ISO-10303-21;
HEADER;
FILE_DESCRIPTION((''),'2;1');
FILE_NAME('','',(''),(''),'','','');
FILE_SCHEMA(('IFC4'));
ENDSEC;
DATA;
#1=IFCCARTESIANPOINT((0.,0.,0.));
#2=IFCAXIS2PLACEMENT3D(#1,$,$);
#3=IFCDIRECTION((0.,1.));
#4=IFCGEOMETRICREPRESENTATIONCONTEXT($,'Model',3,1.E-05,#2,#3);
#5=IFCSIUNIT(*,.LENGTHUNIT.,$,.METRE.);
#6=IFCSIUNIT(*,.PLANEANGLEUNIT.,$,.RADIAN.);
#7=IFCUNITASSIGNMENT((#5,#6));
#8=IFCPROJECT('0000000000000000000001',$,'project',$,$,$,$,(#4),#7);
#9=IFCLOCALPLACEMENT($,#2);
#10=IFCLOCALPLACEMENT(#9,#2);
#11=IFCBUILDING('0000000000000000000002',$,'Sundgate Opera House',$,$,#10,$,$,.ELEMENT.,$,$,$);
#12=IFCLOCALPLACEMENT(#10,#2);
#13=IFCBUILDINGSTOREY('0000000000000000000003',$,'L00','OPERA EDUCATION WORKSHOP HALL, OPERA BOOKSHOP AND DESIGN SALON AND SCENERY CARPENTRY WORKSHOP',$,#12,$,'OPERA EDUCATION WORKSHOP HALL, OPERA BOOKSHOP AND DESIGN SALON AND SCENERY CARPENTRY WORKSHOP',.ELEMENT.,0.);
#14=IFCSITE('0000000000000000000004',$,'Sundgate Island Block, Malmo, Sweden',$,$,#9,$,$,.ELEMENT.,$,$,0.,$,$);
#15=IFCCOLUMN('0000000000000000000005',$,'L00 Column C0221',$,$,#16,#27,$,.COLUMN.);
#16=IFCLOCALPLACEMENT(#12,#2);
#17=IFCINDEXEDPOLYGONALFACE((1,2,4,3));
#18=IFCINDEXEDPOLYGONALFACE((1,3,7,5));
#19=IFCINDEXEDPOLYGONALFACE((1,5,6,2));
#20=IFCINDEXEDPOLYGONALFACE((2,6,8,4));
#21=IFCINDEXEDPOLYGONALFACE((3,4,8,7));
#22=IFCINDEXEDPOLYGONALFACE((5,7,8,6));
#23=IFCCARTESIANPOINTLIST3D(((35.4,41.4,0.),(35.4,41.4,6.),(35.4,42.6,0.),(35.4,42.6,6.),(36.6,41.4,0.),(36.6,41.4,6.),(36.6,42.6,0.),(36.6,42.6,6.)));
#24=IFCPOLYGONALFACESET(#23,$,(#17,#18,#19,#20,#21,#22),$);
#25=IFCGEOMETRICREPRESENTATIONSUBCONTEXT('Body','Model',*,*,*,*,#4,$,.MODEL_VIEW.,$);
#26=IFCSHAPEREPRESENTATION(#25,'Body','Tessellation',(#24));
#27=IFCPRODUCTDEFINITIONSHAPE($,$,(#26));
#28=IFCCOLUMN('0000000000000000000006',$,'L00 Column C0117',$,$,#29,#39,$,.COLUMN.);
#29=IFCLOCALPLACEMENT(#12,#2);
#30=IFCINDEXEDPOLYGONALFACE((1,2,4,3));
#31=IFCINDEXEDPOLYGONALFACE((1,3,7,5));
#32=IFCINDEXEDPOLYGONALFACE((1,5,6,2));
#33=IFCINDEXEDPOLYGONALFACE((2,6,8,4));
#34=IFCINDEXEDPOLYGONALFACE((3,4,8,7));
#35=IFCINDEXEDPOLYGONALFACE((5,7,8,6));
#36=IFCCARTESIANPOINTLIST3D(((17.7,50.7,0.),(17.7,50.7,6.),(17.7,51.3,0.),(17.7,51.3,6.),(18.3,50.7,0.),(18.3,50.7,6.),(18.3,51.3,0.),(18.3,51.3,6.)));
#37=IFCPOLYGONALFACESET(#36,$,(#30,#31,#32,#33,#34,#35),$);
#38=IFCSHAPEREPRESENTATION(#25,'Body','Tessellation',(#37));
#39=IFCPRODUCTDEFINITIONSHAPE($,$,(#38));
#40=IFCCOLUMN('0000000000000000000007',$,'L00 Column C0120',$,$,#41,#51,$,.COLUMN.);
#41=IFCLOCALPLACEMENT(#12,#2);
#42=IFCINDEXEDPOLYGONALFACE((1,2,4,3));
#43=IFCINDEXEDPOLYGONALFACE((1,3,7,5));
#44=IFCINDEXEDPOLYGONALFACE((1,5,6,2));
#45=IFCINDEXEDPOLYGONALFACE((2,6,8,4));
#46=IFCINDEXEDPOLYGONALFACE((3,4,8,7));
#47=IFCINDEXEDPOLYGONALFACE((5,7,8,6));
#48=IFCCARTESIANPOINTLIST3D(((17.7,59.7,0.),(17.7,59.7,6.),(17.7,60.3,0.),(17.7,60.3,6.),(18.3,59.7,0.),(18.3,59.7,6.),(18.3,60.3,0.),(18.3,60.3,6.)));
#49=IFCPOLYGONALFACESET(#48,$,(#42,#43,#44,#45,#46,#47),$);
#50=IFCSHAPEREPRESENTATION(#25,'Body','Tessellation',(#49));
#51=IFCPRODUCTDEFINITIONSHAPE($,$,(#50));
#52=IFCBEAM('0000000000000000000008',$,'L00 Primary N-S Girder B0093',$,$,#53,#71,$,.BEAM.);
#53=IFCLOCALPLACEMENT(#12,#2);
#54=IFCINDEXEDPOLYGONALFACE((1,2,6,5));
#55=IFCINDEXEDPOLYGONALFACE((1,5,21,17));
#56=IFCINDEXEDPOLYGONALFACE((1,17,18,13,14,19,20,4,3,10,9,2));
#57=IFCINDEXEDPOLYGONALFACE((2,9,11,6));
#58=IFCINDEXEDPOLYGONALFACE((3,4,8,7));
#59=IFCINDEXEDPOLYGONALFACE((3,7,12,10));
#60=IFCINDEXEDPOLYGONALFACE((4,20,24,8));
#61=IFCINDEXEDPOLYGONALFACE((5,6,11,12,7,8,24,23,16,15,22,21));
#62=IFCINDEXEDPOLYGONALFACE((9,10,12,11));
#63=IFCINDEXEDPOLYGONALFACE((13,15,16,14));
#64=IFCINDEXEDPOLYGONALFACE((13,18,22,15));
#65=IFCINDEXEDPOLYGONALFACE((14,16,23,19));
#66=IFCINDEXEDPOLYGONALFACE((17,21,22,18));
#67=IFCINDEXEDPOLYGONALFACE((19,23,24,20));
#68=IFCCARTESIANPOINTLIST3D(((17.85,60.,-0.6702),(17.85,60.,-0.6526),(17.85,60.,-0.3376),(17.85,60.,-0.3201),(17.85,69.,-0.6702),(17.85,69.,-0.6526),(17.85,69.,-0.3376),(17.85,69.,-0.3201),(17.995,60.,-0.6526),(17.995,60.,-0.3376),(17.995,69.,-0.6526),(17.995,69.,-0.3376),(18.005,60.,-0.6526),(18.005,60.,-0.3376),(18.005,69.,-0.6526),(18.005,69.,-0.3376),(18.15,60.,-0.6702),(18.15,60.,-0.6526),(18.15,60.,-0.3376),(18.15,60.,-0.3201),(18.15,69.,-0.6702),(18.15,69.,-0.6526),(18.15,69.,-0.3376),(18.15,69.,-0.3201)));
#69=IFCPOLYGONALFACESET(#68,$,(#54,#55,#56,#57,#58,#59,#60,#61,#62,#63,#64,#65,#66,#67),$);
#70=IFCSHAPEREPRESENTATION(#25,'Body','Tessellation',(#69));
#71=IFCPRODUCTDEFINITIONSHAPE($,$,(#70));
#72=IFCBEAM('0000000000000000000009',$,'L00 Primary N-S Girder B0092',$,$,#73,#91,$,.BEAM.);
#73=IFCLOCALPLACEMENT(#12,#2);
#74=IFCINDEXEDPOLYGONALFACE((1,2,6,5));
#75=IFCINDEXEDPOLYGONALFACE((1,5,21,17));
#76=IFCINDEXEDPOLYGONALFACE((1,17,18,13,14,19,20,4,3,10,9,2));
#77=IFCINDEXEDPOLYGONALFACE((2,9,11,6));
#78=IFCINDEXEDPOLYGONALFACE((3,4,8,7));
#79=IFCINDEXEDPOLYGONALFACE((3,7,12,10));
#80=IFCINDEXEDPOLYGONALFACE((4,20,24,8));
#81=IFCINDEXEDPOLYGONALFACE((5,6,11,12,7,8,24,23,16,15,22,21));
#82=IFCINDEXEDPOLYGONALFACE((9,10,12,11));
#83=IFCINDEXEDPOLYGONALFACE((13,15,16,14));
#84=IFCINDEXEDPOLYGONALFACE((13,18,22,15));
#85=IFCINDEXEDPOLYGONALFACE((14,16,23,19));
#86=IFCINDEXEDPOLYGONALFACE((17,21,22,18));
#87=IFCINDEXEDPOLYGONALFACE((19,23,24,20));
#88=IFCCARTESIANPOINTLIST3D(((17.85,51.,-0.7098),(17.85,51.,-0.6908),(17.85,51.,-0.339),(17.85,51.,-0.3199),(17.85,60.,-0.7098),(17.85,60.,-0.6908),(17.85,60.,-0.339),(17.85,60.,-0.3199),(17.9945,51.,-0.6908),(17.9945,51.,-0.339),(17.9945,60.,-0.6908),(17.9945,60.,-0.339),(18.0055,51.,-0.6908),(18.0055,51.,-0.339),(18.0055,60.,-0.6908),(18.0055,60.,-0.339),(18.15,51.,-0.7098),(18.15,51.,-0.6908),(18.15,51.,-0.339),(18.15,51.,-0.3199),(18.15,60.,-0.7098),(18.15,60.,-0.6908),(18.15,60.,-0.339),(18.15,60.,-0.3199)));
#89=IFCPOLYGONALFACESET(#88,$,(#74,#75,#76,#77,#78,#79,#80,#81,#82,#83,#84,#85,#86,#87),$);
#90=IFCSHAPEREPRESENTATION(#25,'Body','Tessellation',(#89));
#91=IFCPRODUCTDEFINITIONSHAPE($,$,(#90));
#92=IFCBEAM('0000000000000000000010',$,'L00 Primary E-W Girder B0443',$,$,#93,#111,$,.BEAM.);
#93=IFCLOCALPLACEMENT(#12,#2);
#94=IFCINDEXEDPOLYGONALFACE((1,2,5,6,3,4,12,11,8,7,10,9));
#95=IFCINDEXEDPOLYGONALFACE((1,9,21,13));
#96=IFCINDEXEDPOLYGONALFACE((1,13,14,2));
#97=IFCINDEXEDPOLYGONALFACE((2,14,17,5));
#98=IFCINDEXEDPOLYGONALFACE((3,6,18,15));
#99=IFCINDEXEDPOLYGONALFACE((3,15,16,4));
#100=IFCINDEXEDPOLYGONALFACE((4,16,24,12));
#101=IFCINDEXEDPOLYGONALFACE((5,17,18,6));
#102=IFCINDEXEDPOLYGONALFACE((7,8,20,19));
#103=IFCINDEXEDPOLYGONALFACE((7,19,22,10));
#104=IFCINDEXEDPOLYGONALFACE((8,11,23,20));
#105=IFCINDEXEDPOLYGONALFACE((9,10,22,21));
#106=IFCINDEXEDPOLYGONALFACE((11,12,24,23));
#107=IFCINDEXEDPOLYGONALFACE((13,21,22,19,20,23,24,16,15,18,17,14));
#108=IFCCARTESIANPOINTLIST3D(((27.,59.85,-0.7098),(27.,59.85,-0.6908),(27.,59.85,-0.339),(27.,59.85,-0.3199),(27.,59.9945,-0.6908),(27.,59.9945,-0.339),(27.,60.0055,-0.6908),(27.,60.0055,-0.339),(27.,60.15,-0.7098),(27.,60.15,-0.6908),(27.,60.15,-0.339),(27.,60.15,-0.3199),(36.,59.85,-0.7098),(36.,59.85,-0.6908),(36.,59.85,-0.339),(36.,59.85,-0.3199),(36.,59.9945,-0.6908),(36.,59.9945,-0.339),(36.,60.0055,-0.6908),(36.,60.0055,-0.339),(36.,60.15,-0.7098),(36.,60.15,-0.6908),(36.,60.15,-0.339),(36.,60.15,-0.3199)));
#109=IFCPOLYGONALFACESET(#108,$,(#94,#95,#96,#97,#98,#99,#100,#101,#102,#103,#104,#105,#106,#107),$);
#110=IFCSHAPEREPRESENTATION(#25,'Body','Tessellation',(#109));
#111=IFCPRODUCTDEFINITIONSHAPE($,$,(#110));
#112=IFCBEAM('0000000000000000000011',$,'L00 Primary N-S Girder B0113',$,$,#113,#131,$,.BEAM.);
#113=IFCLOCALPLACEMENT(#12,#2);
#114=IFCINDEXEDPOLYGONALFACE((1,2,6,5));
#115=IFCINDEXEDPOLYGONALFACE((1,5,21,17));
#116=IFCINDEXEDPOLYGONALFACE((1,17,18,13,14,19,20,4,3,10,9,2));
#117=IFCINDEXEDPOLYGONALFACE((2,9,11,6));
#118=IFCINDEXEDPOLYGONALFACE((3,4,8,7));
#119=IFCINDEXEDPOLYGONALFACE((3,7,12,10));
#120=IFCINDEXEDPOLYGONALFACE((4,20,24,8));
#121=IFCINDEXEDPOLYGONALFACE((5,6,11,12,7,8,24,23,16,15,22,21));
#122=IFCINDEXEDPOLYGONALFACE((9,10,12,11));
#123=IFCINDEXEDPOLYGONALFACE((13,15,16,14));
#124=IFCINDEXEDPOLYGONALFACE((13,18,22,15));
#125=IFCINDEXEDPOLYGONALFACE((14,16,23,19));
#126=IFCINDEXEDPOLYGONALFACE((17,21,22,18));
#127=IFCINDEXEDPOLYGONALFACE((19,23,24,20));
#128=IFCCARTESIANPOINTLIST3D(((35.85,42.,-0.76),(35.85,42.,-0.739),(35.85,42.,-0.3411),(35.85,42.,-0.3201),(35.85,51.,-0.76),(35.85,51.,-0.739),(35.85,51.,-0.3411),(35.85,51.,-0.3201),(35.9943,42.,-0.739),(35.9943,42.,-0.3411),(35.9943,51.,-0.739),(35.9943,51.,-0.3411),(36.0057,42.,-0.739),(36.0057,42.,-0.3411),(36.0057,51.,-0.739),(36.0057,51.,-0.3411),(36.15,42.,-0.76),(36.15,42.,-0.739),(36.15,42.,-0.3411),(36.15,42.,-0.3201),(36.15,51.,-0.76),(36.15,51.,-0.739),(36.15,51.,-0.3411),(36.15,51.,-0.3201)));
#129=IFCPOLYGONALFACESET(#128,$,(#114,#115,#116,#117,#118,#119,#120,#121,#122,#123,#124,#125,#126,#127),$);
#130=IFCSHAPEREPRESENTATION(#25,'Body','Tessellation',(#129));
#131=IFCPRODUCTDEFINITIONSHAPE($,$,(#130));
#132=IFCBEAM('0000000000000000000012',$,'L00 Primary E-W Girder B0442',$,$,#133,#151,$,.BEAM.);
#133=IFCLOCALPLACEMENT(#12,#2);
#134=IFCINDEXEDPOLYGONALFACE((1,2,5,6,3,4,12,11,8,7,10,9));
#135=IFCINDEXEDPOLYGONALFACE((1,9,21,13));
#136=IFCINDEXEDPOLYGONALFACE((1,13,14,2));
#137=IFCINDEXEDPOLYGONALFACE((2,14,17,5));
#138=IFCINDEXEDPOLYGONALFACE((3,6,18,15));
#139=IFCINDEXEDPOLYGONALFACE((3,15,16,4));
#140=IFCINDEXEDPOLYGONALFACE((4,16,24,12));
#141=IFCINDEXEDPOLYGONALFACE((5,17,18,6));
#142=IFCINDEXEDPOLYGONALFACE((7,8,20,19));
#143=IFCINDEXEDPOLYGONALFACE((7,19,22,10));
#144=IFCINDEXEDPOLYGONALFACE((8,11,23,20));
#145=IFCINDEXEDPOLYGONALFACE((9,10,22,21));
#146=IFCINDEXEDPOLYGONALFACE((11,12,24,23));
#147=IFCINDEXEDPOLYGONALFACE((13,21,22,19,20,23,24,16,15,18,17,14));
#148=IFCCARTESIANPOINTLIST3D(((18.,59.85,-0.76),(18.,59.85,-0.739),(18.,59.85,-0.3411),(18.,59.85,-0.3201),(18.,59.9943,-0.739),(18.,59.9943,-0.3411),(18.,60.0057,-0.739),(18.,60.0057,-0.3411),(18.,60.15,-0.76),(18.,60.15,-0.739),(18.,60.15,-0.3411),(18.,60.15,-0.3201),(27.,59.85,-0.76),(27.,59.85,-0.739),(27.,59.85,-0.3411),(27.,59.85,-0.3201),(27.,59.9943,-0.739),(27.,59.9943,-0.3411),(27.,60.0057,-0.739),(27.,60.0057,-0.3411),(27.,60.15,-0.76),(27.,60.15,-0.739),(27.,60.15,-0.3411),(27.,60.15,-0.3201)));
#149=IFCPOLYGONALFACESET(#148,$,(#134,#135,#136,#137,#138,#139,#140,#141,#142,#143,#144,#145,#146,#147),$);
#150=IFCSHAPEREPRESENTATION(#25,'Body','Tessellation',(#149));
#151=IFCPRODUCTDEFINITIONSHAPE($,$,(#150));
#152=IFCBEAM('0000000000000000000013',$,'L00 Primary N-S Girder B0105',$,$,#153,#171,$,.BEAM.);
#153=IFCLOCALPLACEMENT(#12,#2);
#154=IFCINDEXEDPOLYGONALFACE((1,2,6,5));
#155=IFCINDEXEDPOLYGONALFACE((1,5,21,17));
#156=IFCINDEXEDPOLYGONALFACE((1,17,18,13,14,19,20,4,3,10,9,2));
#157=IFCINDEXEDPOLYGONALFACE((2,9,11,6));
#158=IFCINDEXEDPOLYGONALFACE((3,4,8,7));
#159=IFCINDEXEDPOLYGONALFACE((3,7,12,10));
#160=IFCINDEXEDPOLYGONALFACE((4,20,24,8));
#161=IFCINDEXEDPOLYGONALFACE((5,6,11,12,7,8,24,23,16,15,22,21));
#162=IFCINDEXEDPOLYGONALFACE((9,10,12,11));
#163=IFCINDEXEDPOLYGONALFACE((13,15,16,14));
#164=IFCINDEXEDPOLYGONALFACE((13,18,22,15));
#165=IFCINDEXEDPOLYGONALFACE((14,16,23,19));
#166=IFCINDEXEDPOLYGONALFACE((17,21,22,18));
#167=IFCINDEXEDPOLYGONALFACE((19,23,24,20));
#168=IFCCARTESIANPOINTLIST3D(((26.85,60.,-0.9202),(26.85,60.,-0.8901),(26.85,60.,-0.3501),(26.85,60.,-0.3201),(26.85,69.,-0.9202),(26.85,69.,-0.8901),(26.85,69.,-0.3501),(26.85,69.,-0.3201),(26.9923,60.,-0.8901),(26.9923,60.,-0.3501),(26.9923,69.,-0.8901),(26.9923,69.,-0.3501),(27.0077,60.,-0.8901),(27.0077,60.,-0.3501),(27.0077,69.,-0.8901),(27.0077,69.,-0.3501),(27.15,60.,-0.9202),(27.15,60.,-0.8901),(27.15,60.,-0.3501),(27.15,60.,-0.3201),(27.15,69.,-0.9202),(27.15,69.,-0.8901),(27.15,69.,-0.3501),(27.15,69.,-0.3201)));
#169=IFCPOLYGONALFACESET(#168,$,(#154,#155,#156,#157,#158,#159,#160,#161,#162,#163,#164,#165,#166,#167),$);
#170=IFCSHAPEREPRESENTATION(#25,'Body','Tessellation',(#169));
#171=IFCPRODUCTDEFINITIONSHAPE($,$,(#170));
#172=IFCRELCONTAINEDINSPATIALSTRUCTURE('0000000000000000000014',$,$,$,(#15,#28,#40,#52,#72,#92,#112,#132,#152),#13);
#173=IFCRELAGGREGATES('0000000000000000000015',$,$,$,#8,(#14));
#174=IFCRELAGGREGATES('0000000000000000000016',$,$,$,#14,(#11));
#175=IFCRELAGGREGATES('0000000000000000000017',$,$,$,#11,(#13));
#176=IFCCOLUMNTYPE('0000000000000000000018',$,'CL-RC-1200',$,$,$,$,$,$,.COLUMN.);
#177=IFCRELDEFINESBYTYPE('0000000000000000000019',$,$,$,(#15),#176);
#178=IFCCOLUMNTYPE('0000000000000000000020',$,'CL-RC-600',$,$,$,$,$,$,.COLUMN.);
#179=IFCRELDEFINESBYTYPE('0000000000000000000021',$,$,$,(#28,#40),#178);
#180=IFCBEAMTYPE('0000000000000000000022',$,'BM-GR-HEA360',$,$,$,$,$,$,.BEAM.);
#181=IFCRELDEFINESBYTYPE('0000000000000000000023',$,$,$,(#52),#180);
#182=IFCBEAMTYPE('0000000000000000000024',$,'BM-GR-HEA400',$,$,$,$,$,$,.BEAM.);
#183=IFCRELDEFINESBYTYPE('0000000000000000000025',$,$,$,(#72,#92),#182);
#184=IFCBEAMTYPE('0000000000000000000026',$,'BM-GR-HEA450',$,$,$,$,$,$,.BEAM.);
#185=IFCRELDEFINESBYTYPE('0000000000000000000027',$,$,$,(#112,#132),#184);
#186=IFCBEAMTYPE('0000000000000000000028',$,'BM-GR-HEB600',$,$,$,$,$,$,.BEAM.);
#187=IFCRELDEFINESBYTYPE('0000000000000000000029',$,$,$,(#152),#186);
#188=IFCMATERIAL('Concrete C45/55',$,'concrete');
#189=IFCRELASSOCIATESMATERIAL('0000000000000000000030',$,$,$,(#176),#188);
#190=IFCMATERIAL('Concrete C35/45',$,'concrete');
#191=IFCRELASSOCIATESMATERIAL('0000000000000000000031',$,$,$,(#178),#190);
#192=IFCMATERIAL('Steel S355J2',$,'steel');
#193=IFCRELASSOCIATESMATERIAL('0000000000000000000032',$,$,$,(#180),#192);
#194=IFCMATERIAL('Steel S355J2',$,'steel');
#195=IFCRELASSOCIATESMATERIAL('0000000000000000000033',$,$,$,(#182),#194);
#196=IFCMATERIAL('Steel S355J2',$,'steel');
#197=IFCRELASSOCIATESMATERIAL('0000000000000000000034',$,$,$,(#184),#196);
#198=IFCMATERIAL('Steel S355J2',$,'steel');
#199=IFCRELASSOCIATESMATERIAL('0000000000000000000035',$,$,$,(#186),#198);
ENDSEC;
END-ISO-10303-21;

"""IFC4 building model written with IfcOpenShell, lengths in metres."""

from ifc_helpers import new_model, si_unit, direction, frame, origin, origin_2d, place, context, subcontext, project, spatial, rectangle, i_section, extrude, material, material_profile, profile_set, type_object, element, save


model = new_model("IFC4")

# Units and contexts
model_context = context("Model", 3, precision=1e-05, world=origin(), true_north=direction((0.0, 1.0)))
body_context = subcontext(model_context, "Body", "Model", "MODEL_VIEW")
ifc_project = project(units=[si_unit("LENGTHUNIT", "METRE"), si_unit("PLANEANGLEUNIT", "RADIAN")], contexts=[model_context])

# Site, building, storey
site_placement = place(None, origin())
site = spatial("IfcSite", under=ifc_project, at=site_placement, Name="Sundgate Island Block, Malmo, Sweden", CompositionType="ELEMENT", RefElevation=0.0)
building_placement = place(site_placement, origin())
building = spatial("IfcBuilding", under=site, at=building_placement, Name="Sundgate Opera House", CompositionType="ELEMENT")
storey_placement = place(building_placement, origin())
storey = spatial("IfcBuildingStorey", under=building, at=storey_placement, Name="L00", Description="OPERA EDUCATION WORKSHOP HALL, OPERA BOOKSHOP AND DESIGN SALON AND SCENERY CARPENTRY WORKSHOP", LongName="OPERA EDUCATION WORKSHOP HALL, OPERA BOOKSHOP AND DESIGN SALON AND SCENERY CARPENTRY WORKSHOP", CompositionType="ELEMENT", Elevation=0.0)

# Columns
ifc_material_1 = material(Name="Concrete C45/55", Category="concrete")
ifc_material_profile_1 = material_profile(ifc_material_1, rectangle(XDim=1.2, YDim=1.2, at=origin_2d()), Name="RC 1200x1200")
ifc_profile_set_1 = profile_set([ifc_material_profile_1], Name="Concrete C45/55")
column_type_1 = type_object("IfcColumnType", Name="CL-RC-1200", PredefinedType="COLUMN", material=ifc_profile_set_1)
column_placement = place(storey_placement, frame((36.0, 42.0, 0.0), z_axis=(0.0, 0.0, 1.0), x_axis=(1.0, 0.0, 0.0)))
element("IfcColumn", 1, at=column_placement, inside=storey, type_object=column_type_1, Name="L00 Column C0221", PredefinedType="COLUMN", context=body_context, shape_type="SweptSolid", body=[
    extrude(rectangle(XDim=1.2, YDim=1.2, at=origin_2d()), origin(), (0.0, 0.0, 1.0), 6.0),
])
ifc_material_2 = material(Name="Concrete C35/45", Category="concrete")
ifc_material_profile_2 = material_profile(ifc_material_2, rectangle(XDim=0.6001, YDim=0.6001, at=origin_2d()), Name="RC 600x600")
ifc_profile_set_2 = profile_set([ifc_material_profile_2], Name="Concrete C35/45")
column_type_2 = type_object("IfcColumnType", Name="CL-RC-600", PredefinedType="COLUMN", material=ifc_profile_set_2)
for number, where, z_axis, x_axis, name in (
    (2, (18.0, 51.0, 0.0), (0.0, 0.0, 1.0), (1.0, 0.0, 0.0), "L00 Column C0117"),
    (3, (18.0, 60.0, 0.0), (0.0, 0.0, 1.0), (1.0, 0.0, 0.0), "L00 Column C0120"),
):
    element("IfcColumn", number, at=place(storey_placement, frame(where, z_axis=z_axis, x_axis=x_axis)), inside=storey, type_object=column_type_2, Name=name, PredefinedType="COLUMN", context=body_context, shape_type="SweptSolid", body=[
        extrude(rectangle(XDim=0.6001, YDim=0.6001, at=origin_2d()), origin(), (0.0, 0.0, 1.0), 6.0),
    ])

# Beams
ifc_material_3 = material(Name="Steel S355J2", Category="steel")
ifc_material_profile_3 = material_profile(ifc_material_3, i_section(OverallWidth=0.3, OverallDepth=0.3501, WebThickness=0.01, FlangeThickness=0.0176, at=origin_2d()), Name="HEA 360")
ifc_profile_set_3 = profile_set([ifc_material_profile_3], Name="Steel S355J2")
beam_type_1 = type_object("IfcBeamType", Name="BM-GR-HEA360", PredefinedType="BEAM", material=ifc_profile_set_3)
beam_1_placement = place(storey_placement, frame((18.0, 60.0, -0.4951), z_axis=(0.0, 1.0, 0.0), x_axis=(-1.0, 0.0, 0.0)))
element("IfcBeam", 4, at=beam_1_placement, inside=storey, type_object=beam_type_1, Name="L00 Primary N-S Girder B0093", PredefinedType="BEAM", context=body_context, shape_type="SweptSolid", body=[
    extrude(i_section(OverallWidth=0.3, OverallDepth=0.3501, WebThickness=0.01, FlangeThickness=0.0176, at=origin_2d()), origin(), (0.0, 0.0, 1.0), 9.0),
])
ifc_material_4 = material(Name="Steel S355J2", Category="steel")
ifc_material_profile_4 = material_profile(ifc_material_4, i_section(OverallWidth=0.3, OverallDepth=0.3899, WebThickness=0.011, FlangeThickness=0.019, at=origin_2d()), Name="HEA 400")
ifc_profile_set_4 = profile_set([ifc_material_profile_4], Name="Steel S355J2")
beam_type_2 = type_object("IfcBeamType", Name="BM-GR-HEA400", PredefinedType="BEAM", material=ifc_profile_set_4)
for number, where, z_axis, x_axis, name in (
    (5, (18.0, 51.0, -0.5149), (0.0, 1.0, 0.0), (-1.0, 0.0, 0.0), "L00 Primary N-S Girder B0092"),
    (6, (27.0, 60.0, -0.5149), (1.0, 0.0, 0.0), (0.0, 1.0, 0.0), "L00 Primary E-W Girder B0443"),
):
    element("IfcBeam", number, at=place(storey_placement, frame(where, z_axis=z_axis, x_axis=x_axis)), inside=storey, type_object=beam_type_2, Name=name, PredefinedType="BEAM", context=body_context, shape_type="SweptSolid", body=[
        extrude(i_section(OverallWidth=0.3, OverallDepth=0.3899, WebThickness=0.011, FlangeThickness=0.019, at=origin_2d()), origin(), (0.0, 0.0, 1.0), 9.0),
    ])
ifc_material_5 = material(Name="Steel S355J2", Category="steel")
ifc_material_profile_5 = material_profile(ifc_material_5, i_section(OverallWidth=0.3, OverallDepth=0.4399, WebThickness=0.0115, FlangeThickness=0.021, at=origin_2d()), Name="HEA 450")
ifc_profile_set_5 = profile_set([ifc_material_profile_5], Name="Steel S355J2")
beam_type_3 = type_object("IfcBeamType", Name="BM-GR-HEA450", PredefinedType="BEAM", material=ifc_profile_set_5)
for number, where, z_axis, x_axis, name in (
    (7, (36.0, 42.0, -0.54), (0.0, 1.0, 0.0), (-1.0, 0.0, 0.0), "L00 Primary N-S Girder B0113"),
    (8, (18.0, 60.0, -0.54), (1.0, 0.0, 0.0), (0.0, 1.0, 0.0), "L00 Primary E-W Girder B0442"),
):
    element("IfcBeam", number, at=place(storey_placement, frame(where, z_axis=z_axis, x_axis=x_axis)), inside=storey, type_object=beam_type_3, Name=name, PredefinedType="BEAM", context=body_context, shape_type="SweptSolid", body=[
        extrude(i_section(OverallWidth=0.3, OverallDepth=0.4399, WebThickness=0.0115, FlangeThickness=0.021, at=origin_2d()), origin(), (0.0, 0.0, 1.0), 9.0),
    ])
ifc_material_6 = material(Name="Steel S355J2", Category="steel")
ifc_material_profile_6 = material_profile(ifc_material_6, i_section(OverallWidth=0.3, OverallDepth=0.6001, WebThickness=0.0154, FlangeThickness=0.03, at=origin_2d()), Name="HEB 600")
ifc_profile_set_6 = profile_set([ifc_material_profile_6], Name="Steel S355J2")
beam_type_4 = type_object("IfcBeamType", Name="BM-GR-HEB600", PredefinedType="BEAM", material=ifc_profile_set_6)
beam_2_placement = place(storey_placement, frame((27.0, 60.0, -0.6201), z_axis=(0.0, 1.0, 0.0), x_axis=(-1.0, 0.0, 0.0)))
element("IfcBeam", 9, at=beam_2_placement, inside=storey, type_object=beam_type_4, Name="L00 Primary N-S Girder B0105", PredefinedType="BEAM", context=body_context, shape_type="SweptSolid", body=[
    extrude(i_section(OverallWidth=0.3, OverallDepth=0.6001, WebThickness=0.0154, FlangeThickness=0.03, at=origin_2d()), origin(), (0.0, 0.0, 1.0), 9.0),
])

save(model, "model.ifc")
